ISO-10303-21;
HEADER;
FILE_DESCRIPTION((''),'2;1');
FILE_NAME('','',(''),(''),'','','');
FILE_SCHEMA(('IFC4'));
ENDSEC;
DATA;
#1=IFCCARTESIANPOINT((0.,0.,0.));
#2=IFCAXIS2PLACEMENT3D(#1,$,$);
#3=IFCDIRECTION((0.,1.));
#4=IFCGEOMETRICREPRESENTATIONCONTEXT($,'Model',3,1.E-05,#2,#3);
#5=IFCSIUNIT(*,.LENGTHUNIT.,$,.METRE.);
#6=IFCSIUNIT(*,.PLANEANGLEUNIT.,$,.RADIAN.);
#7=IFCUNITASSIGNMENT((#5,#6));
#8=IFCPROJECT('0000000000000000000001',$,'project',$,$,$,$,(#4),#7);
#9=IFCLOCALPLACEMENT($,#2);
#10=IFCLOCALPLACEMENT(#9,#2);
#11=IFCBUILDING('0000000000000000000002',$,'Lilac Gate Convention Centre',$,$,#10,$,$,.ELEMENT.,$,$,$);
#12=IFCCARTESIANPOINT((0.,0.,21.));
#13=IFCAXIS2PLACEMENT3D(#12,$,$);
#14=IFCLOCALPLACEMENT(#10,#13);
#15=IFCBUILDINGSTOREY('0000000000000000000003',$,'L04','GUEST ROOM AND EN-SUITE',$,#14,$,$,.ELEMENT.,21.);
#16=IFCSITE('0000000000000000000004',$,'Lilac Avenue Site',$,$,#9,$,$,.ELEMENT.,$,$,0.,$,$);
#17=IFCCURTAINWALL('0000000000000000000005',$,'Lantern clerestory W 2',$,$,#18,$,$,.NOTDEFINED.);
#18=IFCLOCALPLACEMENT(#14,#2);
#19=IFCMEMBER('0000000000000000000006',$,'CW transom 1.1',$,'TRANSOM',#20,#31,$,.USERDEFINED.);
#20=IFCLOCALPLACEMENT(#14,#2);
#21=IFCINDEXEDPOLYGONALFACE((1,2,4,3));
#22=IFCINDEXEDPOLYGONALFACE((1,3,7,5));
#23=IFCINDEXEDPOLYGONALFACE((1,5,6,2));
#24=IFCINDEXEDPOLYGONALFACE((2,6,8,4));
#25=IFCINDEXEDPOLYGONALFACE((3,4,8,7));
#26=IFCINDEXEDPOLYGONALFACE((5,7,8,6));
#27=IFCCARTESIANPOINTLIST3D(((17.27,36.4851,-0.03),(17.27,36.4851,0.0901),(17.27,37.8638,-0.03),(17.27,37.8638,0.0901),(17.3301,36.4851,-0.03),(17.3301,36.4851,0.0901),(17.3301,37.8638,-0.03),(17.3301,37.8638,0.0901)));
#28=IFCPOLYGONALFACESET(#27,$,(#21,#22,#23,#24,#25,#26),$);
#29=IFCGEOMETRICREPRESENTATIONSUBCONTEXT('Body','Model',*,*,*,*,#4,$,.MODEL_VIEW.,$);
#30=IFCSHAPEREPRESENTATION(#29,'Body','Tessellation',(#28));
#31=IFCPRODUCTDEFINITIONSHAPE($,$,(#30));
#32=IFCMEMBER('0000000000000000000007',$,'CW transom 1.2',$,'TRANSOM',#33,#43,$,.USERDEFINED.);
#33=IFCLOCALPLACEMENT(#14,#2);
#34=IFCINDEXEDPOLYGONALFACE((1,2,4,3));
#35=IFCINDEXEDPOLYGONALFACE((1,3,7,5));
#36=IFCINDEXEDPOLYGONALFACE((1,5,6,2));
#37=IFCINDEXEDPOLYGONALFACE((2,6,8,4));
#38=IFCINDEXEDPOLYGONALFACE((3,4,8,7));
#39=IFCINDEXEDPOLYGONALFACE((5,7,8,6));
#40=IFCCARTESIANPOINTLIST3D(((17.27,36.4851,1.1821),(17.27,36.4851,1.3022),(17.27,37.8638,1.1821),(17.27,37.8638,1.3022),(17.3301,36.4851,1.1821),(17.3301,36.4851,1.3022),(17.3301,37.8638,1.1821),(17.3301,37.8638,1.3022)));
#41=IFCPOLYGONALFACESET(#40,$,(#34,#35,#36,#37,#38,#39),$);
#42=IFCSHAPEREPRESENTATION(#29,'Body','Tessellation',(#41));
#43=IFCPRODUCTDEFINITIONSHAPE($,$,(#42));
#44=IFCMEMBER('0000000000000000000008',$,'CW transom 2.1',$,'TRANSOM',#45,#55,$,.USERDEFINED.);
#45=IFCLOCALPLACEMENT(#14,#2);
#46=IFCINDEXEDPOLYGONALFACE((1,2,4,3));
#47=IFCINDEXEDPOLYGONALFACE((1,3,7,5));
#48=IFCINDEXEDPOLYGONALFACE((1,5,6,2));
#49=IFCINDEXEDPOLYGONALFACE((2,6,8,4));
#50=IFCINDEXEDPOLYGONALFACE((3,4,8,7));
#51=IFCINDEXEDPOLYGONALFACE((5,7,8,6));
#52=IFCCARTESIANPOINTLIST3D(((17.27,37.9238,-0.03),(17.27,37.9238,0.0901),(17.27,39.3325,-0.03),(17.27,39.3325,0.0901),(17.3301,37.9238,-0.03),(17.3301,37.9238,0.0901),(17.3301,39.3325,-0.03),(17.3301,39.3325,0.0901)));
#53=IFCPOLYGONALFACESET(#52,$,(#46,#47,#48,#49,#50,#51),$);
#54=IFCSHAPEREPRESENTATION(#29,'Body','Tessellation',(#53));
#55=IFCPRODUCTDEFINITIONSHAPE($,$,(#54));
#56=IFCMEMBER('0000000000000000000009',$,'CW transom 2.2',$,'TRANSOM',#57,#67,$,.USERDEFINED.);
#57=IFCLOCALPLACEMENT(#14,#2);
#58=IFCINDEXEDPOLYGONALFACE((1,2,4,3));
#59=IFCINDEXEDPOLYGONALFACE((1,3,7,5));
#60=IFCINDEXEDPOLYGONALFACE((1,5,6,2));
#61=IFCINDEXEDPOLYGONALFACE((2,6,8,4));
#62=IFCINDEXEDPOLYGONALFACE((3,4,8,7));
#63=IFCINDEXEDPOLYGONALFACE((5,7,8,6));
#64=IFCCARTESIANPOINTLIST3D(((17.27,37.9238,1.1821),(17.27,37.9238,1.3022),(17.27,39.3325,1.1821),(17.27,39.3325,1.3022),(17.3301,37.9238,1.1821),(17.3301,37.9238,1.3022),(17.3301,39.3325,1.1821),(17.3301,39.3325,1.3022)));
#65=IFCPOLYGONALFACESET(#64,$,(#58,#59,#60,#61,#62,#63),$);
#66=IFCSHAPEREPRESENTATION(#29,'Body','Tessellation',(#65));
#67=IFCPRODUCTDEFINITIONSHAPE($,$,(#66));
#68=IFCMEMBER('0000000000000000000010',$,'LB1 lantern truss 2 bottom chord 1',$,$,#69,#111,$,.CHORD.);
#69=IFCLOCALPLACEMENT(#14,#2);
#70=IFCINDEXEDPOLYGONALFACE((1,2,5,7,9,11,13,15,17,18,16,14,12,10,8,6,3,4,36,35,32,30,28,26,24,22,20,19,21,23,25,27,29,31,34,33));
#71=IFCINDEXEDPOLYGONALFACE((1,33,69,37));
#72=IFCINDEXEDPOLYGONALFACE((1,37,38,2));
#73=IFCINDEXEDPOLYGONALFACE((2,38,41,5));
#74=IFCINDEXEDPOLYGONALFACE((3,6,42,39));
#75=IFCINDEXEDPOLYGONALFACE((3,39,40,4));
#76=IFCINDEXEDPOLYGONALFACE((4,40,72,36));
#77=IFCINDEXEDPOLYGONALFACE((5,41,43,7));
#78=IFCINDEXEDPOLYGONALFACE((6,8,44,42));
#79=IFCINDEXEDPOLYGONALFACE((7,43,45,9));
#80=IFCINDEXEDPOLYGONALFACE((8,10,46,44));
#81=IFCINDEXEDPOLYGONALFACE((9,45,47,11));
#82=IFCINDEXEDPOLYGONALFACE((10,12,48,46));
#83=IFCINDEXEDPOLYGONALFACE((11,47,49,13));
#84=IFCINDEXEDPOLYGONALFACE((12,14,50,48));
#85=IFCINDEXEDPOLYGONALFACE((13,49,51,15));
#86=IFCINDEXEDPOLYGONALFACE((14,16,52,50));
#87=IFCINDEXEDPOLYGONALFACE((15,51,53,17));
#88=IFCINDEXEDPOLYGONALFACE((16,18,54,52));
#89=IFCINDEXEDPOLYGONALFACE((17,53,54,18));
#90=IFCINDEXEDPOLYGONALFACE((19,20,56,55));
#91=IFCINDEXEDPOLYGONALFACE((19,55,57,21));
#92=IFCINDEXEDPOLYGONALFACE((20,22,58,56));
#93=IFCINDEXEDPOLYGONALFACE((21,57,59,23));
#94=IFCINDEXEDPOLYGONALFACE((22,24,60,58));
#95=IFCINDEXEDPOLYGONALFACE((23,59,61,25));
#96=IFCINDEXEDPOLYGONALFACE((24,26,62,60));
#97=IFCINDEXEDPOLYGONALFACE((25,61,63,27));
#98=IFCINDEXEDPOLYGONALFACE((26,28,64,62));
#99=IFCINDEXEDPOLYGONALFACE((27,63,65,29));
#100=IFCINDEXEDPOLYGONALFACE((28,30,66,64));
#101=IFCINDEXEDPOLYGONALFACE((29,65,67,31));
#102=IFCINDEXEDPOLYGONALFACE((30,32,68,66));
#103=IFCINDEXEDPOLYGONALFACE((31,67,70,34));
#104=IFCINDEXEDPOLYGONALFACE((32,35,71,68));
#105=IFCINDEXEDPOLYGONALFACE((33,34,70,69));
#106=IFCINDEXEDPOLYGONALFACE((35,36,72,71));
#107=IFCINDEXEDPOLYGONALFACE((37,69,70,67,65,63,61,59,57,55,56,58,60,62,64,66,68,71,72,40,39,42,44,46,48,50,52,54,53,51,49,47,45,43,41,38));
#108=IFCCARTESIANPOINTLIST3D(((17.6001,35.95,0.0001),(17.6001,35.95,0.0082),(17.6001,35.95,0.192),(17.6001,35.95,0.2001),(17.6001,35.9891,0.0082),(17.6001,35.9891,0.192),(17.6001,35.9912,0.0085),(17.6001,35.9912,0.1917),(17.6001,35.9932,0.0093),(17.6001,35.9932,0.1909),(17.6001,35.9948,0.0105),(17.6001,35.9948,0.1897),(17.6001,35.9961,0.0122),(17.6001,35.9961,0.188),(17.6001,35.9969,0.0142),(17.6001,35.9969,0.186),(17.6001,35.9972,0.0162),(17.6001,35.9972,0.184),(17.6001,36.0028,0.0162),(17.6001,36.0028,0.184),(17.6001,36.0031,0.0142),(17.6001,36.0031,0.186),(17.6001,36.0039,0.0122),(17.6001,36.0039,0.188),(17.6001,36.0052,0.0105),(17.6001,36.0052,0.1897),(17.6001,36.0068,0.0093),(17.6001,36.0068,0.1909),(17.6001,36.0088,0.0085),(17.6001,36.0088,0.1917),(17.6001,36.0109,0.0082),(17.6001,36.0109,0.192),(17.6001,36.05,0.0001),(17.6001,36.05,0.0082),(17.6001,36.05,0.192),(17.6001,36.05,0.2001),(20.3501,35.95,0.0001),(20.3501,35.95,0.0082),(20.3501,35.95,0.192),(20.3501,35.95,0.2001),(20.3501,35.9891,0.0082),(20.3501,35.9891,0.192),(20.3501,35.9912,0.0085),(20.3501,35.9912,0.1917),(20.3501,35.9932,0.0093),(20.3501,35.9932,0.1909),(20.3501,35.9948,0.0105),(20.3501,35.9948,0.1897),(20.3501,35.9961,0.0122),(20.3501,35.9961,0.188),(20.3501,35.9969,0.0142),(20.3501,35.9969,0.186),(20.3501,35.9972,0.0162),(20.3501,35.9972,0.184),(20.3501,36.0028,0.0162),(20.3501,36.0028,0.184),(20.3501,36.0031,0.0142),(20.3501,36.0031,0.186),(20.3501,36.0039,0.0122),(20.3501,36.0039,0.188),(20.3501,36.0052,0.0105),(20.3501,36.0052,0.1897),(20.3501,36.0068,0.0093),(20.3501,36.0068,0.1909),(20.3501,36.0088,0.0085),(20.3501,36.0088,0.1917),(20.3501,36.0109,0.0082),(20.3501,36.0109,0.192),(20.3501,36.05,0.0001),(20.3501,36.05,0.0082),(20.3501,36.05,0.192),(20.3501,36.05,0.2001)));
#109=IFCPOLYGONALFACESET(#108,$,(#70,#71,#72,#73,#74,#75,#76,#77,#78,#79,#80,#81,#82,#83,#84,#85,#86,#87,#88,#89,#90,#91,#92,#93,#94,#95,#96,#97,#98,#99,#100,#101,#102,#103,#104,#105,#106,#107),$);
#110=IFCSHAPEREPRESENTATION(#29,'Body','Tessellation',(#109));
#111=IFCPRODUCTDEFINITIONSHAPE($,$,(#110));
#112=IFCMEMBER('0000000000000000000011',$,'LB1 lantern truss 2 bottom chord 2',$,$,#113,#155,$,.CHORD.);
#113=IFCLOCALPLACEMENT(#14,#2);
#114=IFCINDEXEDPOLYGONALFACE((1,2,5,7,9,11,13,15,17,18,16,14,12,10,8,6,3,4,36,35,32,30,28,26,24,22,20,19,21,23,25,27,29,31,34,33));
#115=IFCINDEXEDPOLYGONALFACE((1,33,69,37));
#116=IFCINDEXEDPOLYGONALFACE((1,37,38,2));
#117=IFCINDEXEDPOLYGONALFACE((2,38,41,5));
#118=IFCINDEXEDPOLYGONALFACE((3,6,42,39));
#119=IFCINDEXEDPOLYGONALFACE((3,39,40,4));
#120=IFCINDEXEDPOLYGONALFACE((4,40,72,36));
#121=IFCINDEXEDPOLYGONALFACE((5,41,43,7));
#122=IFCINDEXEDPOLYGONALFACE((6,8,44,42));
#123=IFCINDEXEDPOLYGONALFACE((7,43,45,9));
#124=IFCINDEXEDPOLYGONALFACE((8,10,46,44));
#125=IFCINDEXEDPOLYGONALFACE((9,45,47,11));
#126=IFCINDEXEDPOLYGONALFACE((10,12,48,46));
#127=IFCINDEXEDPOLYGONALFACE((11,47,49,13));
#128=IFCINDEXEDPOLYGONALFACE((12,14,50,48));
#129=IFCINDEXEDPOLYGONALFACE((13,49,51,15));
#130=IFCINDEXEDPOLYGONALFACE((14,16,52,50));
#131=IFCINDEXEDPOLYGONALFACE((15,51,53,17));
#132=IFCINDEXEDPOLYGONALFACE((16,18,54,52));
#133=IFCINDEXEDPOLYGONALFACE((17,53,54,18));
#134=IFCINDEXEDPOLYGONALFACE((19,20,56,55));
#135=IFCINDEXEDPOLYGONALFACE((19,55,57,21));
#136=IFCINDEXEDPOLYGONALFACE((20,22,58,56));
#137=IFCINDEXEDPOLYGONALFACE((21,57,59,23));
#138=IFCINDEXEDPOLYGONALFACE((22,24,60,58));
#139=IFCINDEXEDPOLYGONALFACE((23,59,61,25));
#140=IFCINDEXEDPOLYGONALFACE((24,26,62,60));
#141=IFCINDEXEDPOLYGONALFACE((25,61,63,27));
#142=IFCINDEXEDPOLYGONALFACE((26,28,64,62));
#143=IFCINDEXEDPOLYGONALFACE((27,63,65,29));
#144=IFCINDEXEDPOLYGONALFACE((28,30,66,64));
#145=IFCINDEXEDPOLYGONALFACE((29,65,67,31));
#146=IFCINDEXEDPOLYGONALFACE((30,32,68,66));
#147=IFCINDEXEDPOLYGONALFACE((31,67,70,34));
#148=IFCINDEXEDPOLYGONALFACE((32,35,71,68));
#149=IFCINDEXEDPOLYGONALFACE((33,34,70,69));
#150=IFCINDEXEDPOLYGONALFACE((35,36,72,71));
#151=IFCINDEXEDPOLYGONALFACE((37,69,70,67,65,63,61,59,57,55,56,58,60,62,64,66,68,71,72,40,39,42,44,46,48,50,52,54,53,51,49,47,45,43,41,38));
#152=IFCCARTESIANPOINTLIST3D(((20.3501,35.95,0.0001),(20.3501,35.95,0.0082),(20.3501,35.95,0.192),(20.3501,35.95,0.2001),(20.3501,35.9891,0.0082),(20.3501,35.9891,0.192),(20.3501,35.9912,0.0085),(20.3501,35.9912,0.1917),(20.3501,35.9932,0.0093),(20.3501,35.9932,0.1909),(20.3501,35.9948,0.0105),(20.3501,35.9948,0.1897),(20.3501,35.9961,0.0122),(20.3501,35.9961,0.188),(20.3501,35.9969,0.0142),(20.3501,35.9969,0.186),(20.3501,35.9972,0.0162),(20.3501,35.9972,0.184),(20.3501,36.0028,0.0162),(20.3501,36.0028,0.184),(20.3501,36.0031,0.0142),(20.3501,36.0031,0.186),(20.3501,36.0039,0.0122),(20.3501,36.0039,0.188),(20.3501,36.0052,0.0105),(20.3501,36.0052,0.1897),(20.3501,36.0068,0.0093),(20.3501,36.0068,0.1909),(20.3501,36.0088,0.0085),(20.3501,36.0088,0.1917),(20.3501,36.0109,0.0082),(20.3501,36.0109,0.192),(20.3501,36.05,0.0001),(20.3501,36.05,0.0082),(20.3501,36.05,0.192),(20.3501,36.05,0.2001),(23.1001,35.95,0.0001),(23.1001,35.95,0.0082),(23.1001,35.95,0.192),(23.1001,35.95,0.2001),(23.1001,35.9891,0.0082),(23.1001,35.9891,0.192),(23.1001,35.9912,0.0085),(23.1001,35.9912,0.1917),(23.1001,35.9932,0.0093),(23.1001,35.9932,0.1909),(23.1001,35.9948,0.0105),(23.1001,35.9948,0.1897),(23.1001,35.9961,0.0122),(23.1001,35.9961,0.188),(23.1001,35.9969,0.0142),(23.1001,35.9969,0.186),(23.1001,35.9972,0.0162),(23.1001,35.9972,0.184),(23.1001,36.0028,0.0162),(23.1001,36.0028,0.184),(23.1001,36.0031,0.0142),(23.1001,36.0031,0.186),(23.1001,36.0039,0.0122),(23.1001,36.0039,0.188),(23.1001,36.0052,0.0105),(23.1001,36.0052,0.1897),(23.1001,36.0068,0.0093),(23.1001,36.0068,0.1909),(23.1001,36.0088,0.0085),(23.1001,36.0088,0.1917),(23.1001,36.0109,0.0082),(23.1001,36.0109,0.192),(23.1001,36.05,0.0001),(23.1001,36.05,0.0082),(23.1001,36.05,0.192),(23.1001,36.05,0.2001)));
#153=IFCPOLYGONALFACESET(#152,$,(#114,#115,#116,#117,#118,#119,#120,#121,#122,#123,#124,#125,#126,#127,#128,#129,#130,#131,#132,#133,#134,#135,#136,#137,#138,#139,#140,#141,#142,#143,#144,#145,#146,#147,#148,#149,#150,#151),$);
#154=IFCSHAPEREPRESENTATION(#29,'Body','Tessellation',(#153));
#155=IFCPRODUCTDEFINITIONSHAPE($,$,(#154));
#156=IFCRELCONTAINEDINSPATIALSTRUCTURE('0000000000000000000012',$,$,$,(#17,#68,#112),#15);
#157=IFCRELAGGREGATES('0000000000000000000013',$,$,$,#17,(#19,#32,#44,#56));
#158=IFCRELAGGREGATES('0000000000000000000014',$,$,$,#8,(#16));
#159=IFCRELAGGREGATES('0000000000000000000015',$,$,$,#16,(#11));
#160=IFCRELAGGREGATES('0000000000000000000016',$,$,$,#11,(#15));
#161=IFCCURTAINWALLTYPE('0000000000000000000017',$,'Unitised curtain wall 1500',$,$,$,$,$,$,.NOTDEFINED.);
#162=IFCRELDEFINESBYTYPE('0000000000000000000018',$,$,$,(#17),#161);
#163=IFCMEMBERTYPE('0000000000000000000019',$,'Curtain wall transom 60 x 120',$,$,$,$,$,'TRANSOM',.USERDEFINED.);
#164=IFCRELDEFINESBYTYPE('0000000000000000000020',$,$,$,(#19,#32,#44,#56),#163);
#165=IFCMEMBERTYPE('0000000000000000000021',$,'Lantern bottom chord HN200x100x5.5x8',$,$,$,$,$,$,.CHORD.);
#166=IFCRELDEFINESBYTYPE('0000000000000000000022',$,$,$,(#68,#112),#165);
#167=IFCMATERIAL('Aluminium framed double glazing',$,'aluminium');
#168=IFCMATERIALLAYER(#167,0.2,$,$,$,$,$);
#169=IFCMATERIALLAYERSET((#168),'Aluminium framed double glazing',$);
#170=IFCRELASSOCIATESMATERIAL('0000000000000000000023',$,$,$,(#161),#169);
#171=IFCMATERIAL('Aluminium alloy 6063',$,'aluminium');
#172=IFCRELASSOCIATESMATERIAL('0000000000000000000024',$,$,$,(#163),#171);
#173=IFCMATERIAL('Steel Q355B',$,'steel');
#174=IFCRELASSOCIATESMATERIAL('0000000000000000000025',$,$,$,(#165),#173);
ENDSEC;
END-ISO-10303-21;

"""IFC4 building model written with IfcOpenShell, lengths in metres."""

from ifc_helpers import new_model, si_unit, direction, frame, origin, origin_2d, place, context, subcontext, project, spatial, rectangle, i_section, extrude, material, layer, layer_set, material_profile, profile_set, type_object, element, aggregate, save


model = new_model("IFC4")

# Units and contexts
model_context = context("Model", 3, precision=1e-05, world=origin(), true_north=direction((0.0, 1.0)))
body_context = subcontext(model_context, "Body", "Model", "MODEL_VIEW")
ifc_project = project(units=[si_unit("LENGTHUNIT", "METRE"), si_unit("PLANEANGLEUNIT", "RADIAN")], contexts=[model_context])

# Site, building, storey
site_placement = place(None, origin())
site = spatial("IfcSite", under=ifc_project, at=site_placement, Name="Lilac Avenue Site", CompositionType="ELEMENT", RefElevation=0.0)
building_placement = place(site_placement, origin())
building = spatial("IfcBuilding", under=site, at=building_placement, Name="Lilac Gate Convention Centre", CompositionType="ELEMENT")
storey_placement = place(building_placement, frame((0.0, 0.0, 21.0)))
storey = spatial("IfcBuildingStorey", under=building, at=storey_placement, Name="L04", Description="GUEST ROOM AND EN-SUITE", CompositionType="ELEMENT", Elevation=21.0)

# Curtain wall
ifc_material_1 = material(Name="Aluminium framed double glazing", Category="aluminium")
ifc_layer_1 = layer(ifc_material_1, 0.2)
ifc_layer_set_1 = layer_set([ifc_layer_1], Name="Aluminium framed double glazing")
curtain_wall_type = type_object("IfcCurtainWallType", Name="Unitised curtain wall 1500", PredefinedType="NOTDEFINED", material=ifc_layer_set_1)
ifc_material_2 = material(Name="Aluminium alloy 6063", Category="aluminium")
curtain_wall_1_placement = place(storey_placement, origin())
curtain_wall_1 = element("IfcCurtainWall", 1, at=curtain_wall_1_placement, inside=storey, type_object=curtain_wall_type, Name="Lantern clerestory W 2", PredefinedType="NOTDEFINED")

# Members
ifc_material_profile_1 = material_profile(ifc_material_2, rectangle(XDim=0.0601, YDim=0.1201, at=origin_2d()), Name="Curtain wall transom 60 x 120")
ifc_profile_set_1 = profile_set([ifc_material_profile_1], Name="Aluminium alloy 6063")
member_type_1 = type_object("IfcMemberType", Name="Curtain wall transom 60 x 120", ElementType="TRANSOM", PredefinedType="USERDEFINED", material=ifc_profile_set_1)
member_1_placement = place(storey_placement, frame((17.3, 36.4851, 0.03), z_axis=(0.0, 1.0, 0.0), x_axis=(-1.0, 0.0, 0.0)))
member_1 = element("IfcMember", 2, at=member_1_placement, type_object=member_type_1, Name="CW transom 1.1", ObjectType="TRANSOM", PredefinedType="USERDEFINED", context=body_context, shape_type="SweptSolid", body=[
    extrude(rectangle(XDim=0.0601, YDim=0.1201, at=origin_2d()), origin(), (0.0, 0.0, 1.0), 1.3787),
])
member_2_placement = place(storey_placement, frame((17.3, 36.4851, 1.2422), z_axis=(0.0, 1.0, 0.0), x_axis=(-1.0, 0.0, 0.0)))
member_2 = element("IfcMember", 3, at=member_2_placement, type_object=member_type_1, Name="CW transom 1.2", ObjectType="TRANSOM", PredefinedType="USERDEFINED", context=body_context, shape_type="SweptSolid", body=[
    extrude(rectangle(XDim=0.0601, YDim=0.1201, at=origin_2d()), origin(), (0.0, 0.0, 1.0), 1.3787),
])
member_3_placement = place(storey_placement, frame((17.3, 37.9238, 0.03), z_axis=(0.0, 1.0, 0.0), x_axis=(-1.0, 0.0, 0.0)))
member_3 = element("IfcMember", 4, at=member_3_placement, type_object=member_type_1, Name="CW transom 2.1", ObjectType="TRANSOM", PredefinedType="USERDEFINED", context=body_context, shape_type="SweptSolid", body=[
    extrude(rectangle(XDim=0.0601, YDim=0.1201, at=origin_2d()), origin(), (0.0, 0.0, 1.0), 1.4087),
])
member_4_placement = place(storey_placement, frame((17.3, 37.9238, 1.2422), z_axis=(0.0, 1.0, 0.0), x_axis=(-1.0, 0.0, 0.0)))
member_4 = element("IfcMember", 5, at=member_4_placement, type_object=member_type_1, Name="CW transom 2.2", ObjectType="TRANSOM", PredefinedType="USERDEFINED", context=body_context, shape_type="SweptSolid", body=[
    extrude(rectangle(XDim=0.0601, YDim=0.1201, at=origin_2d()), origin(), (0.0, 0.0, 1.0), 1.4087),
])

# Members
ifc_material_3 = material(Name="Steel Q355B", Category="steel")
ifc_material_profile_2 = material_profile(ifc_material_3, i_section(OverallWidth=0.1001, OverallDepth=0.2, WebThickness=0.0056, FlangeThickness=0.0081, FilletRadius=0.0081, at=origin_2d()), Name="HN200x100x5.5x8")
ifc_profile_set_2 = profile_set([ifc_material_profile_2], Name="Steel Q355B")
member_type_2 = type_object("IfcMemberType", Name="Lantern bottom chord HN200x100x5.5x8", PredefinedType="CHORD", material=ifc_profile_set_2)
for number, where, z_axis, x_axis, name in (
    (6, (17.6001, 36.0, 0.1001), (1.0, 0.0, 0.0), (0.0, 1.0, 0.0), "LB1 lantern truss 2 bottom chord 1"),
    (7, (20.3501, 36.0, 0.1001), (1.0, 0.0, 0.0), (0.0, 1.0, 0.0), "LB1 lantern truss 2 bottom chord 2"),
):
    element("IfcMember", number, at=place(storey_placement, frame(where, z_axis=z_axis, x_axis=x_axis)), inside=storey, type_object=member_type_2, Name=name, PredefinedType="CHORD", context=body_context, shape_type="SweptSolid", body=[
        extrude(i_section(OverallWidth=0.1001, OverallDepth=0.2, WebThickness=0.0056, FlangeThickness=0.0081, FilletRadius=0.0081, at=origin_2d()), origin(), (0.0, 0.0, 1.0), 2.75),
    ])

aggregate(curtain_wall_1, [member_1, member_2, member_3, member_4])

save(model, "model.ifc")
